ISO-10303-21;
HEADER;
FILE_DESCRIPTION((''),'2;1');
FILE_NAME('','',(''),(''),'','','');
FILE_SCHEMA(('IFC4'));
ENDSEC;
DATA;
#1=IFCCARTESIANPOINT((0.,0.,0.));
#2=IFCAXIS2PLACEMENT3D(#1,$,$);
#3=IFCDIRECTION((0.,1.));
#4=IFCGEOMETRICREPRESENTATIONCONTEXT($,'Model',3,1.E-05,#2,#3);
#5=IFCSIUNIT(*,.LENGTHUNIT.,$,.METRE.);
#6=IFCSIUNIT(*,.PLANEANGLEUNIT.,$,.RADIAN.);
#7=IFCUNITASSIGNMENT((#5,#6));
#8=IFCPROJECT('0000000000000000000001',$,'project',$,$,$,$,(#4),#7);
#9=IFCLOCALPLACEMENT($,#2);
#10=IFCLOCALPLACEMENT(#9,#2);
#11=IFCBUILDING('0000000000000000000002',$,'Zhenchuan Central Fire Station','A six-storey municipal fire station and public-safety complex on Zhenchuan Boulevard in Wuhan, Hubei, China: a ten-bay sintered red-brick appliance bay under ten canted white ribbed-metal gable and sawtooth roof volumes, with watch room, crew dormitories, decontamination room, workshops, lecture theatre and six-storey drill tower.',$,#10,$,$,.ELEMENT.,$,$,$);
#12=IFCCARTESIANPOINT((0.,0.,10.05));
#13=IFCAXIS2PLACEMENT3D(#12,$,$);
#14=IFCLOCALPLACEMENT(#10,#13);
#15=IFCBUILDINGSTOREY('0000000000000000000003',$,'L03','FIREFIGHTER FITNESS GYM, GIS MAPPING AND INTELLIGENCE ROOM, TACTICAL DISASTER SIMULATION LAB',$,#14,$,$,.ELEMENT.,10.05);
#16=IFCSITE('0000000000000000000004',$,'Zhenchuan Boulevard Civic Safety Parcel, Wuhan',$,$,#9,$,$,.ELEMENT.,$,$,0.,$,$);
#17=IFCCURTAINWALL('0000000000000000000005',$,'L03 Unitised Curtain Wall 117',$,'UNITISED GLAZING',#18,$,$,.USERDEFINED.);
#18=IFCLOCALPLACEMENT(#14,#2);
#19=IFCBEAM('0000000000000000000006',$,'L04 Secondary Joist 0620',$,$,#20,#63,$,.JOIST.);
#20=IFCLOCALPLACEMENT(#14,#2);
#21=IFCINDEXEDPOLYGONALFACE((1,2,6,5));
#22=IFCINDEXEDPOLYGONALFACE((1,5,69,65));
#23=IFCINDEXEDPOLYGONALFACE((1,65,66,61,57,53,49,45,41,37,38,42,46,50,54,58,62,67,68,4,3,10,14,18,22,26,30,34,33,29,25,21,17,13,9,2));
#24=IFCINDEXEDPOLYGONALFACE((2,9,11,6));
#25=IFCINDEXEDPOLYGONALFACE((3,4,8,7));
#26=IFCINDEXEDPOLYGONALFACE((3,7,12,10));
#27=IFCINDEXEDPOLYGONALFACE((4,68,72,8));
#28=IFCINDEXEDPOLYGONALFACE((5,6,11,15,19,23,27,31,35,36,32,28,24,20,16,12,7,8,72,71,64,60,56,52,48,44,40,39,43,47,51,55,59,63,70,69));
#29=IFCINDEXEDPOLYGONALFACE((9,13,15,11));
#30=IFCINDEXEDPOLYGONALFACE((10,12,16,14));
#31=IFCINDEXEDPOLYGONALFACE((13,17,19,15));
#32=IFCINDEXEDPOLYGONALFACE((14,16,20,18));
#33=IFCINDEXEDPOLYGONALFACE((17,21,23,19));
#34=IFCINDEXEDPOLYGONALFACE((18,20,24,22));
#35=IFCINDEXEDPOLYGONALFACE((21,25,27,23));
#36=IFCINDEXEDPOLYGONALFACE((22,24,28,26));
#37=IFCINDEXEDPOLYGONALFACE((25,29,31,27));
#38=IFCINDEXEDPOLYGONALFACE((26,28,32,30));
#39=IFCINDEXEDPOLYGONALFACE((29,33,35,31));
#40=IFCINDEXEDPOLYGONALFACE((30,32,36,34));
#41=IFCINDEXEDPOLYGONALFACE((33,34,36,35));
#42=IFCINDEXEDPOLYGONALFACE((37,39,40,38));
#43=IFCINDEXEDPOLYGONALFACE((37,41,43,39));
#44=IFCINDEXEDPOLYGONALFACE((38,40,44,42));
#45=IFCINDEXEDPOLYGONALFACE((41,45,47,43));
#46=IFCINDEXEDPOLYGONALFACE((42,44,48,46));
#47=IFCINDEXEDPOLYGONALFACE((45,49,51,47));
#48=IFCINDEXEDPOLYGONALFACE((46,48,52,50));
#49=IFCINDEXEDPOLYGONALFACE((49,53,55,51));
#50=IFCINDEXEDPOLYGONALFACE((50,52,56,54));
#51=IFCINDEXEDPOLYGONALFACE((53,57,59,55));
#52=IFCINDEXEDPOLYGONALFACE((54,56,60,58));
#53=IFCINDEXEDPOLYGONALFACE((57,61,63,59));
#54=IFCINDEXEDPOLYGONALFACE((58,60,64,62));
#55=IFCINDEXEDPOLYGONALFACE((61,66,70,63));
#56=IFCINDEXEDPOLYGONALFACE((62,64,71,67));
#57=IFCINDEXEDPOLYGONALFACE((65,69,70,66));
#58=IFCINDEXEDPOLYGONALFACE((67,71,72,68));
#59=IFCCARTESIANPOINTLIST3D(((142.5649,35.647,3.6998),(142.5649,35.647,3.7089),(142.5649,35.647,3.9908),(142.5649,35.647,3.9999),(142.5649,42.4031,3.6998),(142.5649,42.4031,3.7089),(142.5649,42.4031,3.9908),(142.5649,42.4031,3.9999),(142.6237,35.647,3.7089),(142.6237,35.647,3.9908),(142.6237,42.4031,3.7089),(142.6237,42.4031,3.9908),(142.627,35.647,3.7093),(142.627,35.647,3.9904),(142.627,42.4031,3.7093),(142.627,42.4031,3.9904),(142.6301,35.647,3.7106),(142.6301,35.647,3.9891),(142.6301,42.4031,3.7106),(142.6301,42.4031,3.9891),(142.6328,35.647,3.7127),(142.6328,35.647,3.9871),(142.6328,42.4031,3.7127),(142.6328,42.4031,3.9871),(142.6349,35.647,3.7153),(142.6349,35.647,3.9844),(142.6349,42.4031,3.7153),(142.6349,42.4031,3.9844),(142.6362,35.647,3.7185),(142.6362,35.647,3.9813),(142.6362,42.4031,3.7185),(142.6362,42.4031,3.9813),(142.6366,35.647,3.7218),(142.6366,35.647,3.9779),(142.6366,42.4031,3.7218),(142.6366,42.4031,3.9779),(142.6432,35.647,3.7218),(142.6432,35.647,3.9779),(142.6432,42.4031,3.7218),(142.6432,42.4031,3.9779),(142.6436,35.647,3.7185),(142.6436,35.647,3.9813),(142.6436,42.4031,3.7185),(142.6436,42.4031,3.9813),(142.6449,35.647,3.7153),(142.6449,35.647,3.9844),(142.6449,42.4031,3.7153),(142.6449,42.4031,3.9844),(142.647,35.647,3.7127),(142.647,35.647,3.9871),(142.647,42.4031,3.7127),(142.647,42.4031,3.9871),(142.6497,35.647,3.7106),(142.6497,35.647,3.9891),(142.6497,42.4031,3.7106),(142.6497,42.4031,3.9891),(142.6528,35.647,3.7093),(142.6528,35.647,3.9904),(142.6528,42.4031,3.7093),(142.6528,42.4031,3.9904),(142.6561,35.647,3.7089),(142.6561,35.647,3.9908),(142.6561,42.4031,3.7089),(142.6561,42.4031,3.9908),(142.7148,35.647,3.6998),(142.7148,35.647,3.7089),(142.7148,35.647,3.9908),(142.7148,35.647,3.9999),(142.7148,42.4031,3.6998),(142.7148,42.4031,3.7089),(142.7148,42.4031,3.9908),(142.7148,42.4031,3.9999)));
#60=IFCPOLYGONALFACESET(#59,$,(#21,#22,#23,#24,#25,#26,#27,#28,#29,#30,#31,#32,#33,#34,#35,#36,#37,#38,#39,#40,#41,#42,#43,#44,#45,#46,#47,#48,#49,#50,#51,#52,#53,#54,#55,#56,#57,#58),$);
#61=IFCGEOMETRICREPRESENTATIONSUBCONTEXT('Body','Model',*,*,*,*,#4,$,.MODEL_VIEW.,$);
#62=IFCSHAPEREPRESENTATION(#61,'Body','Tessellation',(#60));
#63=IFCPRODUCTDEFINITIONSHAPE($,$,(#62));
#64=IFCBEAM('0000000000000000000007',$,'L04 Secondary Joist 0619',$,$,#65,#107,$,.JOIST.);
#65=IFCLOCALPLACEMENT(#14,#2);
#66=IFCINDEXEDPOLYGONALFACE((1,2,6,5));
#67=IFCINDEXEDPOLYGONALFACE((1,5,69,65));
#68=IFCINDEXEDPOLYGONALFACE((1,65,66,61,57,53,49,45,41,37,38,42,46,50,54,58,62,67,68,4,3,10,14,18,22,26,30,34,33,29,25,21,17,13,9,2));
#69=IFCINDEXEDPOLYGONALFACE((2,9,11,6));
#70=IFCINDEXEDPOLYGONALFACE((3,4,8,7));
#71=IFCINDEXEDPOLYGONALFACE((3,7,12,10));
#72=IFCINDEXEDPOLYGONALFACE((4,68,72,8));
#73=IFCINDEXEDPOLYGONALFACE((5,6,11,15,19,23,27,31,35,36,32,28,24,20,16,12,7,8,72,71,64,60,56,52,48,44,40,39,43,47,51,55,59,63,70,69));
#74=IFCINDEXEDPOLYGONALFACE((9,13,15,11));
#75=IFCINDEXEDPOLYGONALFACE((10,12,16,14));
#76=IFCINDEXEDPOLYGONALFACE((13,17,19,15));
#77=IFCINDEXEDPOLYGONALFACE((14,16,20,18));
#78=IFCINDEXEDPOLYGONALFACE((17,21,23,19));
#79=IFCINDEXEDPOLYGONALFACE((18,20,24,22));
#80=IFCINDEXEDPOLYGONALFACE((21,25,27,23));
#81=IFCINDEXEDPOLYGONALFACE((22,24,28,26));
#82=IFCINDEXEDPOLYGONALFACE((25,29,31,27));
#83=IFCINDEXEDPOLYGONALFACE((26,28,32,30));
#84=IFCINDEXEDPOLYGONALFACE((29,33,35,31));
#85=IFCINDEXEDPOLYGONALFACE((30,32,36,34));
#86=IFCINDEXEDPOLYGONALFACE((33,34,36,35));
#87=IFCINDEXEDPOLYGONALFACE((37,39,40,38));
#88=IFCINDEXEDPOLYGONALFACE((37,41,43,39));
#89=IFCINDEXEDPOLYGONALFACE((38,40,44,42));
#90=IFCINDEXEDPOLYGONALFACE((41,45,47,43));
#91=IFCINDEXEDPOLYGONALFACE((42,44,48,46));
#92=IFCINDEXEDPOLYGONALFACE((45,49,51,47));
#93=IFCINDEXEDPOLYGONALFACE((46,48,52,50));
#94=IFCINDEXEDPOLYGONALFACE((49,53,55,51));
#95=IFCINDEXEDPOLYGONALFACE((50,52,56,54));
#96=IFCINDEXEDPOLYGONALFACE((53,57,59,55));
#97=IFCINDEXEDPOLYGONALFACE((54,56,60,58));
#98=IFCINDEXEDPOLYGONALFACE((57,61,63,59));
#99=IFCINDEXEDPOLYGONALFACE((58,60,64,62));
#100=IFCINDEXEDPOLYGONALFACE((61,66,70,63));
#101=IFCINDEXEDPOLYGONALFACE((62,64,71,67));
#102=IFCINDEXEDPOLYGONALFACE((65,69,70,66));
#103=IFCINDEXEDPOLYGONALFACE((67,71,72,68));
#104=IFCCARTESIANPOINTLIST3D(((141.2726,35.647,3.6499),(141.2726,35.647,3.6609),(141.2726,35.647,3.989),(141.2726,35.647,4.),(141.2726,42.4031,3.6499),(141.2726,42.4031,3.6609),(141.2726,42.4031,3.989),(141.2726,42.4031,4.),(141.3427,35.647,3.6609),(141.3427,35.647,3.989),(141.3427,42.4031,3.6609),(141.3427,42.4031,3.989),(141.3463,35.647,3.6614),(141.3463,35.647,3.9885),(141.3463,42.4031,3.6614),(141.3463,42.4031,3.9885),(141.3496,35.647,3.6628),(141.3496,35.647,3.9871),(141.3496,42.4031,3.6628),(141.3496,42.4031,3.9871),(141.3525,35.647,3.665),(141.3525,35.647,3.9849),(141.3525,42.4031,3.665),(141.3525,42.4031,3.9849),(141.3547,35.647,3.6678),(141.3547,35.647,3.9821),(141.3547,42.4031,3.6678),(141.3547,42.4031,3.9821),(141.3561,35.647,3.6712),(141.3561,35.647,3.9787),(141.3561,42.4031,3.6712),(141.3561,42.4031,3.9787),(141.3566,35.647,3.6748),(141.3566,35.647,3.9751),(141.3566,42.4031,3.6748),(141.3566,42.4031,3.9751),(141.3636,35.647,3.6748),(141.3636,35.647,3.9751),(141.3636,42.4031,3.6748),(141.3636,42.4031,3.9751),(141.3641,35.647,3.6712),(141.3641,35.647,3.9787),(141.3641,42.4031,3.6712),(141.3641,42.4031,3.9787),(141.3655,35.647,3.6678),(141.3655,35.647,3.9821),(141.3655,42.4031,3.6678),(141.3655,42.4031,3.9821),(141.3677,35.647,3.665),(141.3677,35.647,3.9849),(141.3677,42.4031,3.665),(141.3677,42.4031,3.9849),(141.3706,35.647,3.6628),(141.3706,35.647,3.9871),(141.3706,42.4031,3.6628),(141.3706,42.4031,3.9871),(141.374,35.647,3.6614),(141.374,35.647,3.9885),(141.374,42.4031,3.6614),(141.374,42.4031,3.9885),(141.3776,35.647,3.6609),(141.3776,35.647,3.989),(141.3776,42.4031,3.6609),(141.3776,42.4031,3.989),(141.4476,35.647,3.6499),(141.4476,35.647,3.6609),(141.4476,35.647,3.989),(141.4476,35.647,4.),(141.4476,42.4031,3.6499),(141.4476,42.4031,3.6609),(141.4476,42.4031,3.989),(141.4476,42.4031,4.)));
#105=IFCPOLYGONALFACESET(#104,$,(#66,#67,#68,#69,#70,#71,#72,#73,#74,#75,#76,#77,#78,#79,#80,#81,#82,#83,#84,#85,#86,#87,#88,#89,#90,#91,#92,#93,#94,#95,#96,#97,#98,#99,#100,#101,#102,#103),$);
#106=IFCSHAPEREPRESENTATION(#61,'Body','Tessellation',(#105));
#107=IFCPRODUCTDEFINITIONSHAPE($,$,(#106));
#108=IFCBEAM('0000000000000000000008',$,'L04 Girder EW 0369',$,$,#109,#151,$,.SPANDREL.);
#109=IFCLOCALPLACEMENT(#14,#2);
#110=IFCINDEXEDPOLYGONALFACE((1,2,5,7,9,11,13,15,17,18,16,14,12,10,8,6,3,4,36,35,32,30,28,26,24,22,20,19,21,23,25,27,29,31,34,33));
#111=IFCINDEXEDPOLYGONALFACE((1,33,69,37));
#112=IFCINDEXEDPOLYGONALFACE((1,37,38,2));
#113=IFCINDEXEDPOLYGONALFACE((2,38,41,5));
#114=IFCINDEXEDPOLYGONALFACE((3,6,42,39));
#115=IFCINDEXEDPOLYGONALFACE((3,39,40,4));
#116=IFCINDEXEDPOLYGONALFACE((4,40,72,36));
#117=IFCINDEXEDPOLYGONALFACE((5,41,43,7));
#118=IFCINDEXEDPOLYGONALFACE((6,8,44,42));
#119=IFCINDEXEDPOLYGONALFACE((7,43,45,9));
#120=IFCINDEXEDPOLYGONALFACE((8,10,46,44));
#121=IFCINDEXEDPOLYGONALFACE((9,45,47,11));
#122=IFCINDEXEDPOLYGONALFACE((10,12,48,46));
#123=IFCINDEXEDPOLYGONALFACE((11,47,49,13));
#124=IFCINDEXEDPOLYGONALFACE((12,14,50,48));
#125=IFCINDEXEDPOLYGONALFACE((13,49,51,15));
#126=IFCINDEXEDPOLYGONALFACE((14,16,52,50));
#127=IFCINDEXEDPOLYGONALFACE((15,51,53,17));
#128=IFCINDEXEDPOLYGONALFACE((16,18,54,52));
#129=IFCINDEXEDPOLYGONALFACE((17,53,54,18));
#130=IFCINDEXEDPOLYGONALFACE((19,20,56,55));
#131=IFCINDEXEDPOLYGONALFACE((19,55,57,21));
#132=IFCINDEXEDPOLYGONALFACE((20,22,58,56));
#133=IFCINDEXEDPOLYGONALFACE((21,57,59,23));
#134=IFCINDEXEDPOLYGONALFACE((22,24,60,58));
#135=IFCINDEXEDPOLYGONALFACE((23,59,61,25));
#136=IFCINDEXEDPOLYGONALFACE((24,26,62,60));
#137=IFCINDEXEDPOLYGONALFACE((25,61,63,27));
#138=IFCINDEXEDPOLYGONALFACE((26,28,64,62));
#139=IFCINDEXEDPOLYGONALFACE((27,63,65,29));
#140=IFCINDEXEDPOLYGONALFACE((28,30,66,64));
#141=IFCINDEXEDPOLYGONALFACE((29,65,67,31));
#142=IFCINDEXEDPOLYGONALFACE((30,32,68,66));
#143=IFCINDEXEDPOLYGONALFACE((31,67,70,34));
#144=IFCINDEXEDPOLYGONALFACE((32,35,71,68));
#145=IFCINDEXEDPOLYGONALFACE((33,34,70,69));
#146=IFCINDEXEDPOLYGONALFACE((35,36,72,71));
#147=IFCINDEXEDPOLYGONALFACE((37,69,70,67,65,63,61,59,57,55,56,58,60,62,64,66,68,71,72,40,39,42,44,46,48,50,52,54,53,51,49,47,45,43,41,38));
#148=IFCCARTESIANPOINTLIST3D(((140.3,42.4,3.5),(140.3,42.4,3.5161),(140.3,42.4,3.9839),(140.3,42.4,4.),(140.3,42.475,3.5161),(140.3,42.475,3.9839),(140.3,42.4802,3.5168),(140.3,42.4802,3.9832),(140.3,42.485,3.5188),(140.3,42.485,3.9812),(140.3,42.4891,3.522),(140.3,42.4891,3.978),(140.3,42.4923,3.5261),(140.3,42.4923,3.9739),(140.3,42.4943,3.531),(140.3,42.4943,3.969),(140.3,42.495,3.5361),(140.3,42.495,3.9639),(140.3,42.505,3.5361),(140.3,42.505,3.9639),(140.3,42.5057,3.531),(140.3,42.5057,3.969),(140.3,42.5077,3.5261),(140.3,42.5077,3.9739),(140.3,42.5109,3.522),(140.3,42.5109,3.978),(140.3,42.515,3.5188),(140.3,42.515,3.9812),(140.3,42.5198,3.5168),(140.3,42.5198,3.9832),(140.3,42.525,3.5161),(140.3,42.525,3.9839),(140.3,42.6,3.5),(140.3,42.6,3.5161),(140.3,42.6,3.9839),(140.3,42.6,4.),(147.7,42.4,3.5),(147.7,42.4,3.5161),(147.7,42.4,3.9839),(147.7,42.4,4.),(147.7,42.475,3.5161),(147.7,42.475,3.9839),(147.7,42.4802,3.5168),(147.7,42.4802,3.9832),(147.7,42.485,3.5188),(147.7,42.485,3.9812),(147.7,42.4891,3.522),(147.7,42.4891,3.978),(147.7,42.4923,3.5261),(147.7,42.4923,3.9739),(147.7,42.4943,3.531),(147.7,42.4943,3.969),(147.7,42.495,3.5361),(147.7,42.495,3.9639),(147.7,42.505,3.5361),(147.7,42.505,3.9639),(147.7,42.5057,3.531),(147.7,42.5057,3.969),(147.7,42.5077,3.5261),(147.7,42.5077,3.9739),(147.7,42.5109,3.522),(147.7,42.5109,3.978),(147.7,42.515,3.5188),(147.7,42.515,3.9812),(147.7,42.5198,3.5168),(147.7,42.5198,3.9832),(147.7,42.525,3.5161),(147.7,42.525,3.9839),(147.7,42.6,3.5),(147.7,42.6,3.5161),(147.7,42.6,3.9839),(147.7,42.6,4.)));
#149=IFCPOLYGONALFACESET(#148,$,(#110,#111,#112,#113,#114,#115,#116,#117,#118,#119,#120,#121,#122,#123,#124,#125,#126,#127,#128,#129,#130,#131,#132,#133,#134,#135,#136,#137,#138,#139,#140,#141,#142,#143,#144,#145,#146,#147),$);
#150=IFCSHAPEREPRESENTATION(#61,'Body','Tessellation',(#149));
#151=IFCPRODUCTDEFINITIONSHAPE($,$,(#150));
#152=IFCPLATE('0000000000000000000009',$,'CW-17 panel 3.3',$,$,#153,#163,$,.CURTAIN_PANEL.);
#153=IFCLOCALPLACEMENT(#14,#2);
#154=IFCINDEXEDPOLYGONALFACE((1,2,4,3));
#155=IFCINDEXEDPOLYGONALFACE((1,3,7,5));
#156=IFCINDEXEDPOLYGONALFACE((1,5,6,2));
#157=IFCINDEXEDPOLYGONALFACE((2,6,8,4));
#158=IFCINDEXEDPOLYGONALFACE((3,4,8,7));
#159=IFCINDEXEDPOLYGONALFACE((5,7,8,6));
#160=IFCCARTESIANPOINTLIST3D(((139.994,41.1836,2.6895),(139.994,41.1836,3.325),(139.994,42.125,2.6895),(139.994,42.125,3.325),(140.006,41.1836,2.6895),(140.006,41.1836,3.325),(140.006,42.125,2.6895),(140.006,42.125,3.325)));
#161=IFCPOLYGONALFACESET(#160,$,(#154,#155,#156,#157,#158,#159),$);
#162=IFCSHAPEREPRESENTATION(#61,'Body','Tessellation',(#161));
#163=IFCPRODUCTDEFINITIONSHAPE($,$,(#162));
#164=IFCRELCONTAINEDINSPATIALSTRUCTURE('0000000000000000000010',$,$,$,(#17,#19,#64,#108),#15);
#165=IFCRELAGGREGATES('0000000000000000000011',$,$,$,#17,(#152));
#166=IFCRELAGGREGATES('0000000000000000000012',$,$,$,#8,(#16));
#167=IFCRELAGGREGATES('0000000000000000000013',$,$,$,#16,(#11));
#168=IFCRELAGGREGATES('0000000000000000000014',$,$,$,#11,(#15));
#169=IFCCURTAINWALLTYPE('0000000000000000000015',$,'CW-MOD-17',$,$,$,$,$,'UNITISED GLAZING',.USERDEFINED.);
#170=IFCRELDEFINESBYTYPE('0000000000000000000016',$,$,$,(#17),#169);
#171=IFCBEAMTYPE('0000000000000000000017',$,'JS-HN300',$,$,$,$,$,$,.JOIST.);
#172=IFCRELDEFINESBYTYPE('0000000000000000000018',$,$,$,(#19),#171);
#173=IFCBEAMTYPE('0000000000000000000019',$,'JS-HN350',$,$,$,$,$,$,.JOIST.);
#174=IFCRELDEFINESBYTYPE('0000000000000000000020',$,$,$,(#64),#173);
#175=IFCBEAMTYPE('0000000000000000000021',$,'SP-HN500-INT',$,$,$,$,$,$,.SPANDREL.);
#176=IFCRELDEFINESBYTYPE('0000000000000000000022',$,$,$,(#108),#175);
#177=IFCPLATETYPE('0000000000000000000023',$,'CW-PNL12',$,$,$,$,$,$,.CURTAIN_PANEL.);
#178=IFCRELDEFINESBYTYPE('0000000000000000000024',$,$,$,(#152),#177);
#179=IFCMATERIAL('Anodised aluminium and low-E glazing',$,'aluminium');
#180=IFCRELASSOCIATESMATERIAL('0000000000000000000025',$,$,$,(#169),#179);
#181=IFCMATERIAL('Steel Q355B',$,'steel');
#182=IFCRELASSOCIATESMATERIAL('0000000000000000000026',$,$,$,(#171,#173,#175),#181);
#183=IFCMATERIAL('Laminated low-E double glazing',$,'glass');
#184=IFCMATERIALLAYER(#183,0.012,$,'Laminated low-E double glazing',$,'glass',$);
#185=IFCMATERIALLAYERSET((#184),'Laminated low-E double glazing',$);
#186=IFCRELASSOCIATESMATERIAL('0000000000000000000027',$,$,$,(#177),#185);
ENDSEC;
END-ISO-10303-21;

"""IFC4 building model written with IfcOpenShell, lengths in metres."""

from ifc_helpers import new_model, si_unit, direction, frame, origin, origin_2d, place, context, subcontext, project, spatial, rectangle, i_section, extrude, material, layer, layer_set, material_profile, profile_set, type_object, element, aggregate, save


model = new_model("IFC4")

# Units and contexts
model_context = context("Model", 3, precision=1e-05, world=origin(), true_north=direction((0.0, 1.0)))
body_context = subcontext(model_context, "Body", "Model", "MODEL_VIEW")
ifc_project = project(units=[si_unit("LENGTHUNIT", "METRE"), si_unit("PLANEANGLEUNIT", "RADIAN")], contexts=[model_context])

# Site, building, storey
site_placement = place(None, origin())
site = spatial("IfcSite", under=ifc_project, at=site_placement, Name="Zhenchuan Boulevard Civic Safety Parcel, Wuhan", CompositionType="ELEMENT", RefElevation=0.0)
building_placement = place(site_placement, origin())
building = spatial("IfcBuilding", under=site, at=building_placement, Name="Zhenchuan Central Fire Station", Description="A six-storey municipal fire station and public-safety complex on Zhenchuan Boulevard in Wuhan, Hubei, China: a ten-bay sintered red-brick appliance bay under ten canted white ribbed-metal gable and sawtooth roof volumes, with watch room, crew dormitories, decontamination room, workshops, lecture theatre and six-storey drill tower.", CompositionType="ELEMENT")
storey_placement = place(building_placement, frame((0.0, 0.0, 10.05)))
storey = spatial("IfcBuildingStorey", under=building, at=storey_placement, Name="L03", Description="FIREFIGHTER FITNESS GYM, GIS MAPPING AND INTELLIGENCE ROOM, TACTICAL DISASTER SIMULATION LAB", CompositionType="ELEMENT", Elevation=10.05)

# Shared definitions
ifc_material_1 = material(Name="Steel Q355B", Category="steel")

# Curtain wall
ifc_material_2 = material(Name="Anodised aluminium and low-E glazing", Category="aluminium")
curtain_wall_type = type_object("IfcCurtainWallType", Name="CW-MOD-17", ElementType="UNITISED GLAZING", PredefinedType="USERDEFINED", material=ifc_material_2)
curtain_wall_placement = place(storey_placement, origin())
curtain_wall = element("IfcCurtainWall", 1, at=curtain_wall_placement, inside=storey, type_object=curtain_wall_type, Name="L03 Unitised Curtain Wall 117", ObjectType="UNITISED GLAZING", PredefinedType="USERDEFINED")

# Beams
ifc_material_profile_1 = material_profile(ifc_material_1, i_section(OverallWidth=0.1499, OverallDepth=0.3, WebThickness=0.0066, FlangeThickness=0.009, FilletRadius=0.0129, at=origin_2d()), Name="HN 300x150")
ifc_profile_set_1 = profile_set([ifc_material_profile_1], Name="Steel Q355B")
beam_type_1 = type_object("IfcBeamType", Name="JS-HN300", PredefinedType="JOIST", material=ifc_profile_set_1)
beam_1_placement = place(storey_placement, frame((142.6399, 35.647, 3.8499), z_axis=(0.0, 1.0, 0.0), x_axis=(-1.0, 0.0, 0.0)))
element("IfcBeam", 2, at=beam_1_placement, inside=storey, type_object=beam_type_1, Name="L04 Secondary Joist 0620", PredefinedType="JOIST", context=body_context, shape_type="SweptSolid", body=[
    extrude(i_section(OverallWidth=0.1499, OverallDepth=0.3, WebThickness=0.0066, FlangeThickness=0.009, FilletRadius=0.0129, at=origin_2d()), origin(), (0.0, 0.0, 1.0), 6.7561),
])
ifc_material_profile_2 = material_profile(ifc_material_1, i_section(OverallWidth=0.175, OverallDepth=0.3501, WebThickness=0.0071, FlangeThickness=0.011, FilletRadius=0.0139, at=origin_2d()), Name="HN 350x175")
ifc_profile_set_2 = profile_set([ifc_material_profile_2], Name="Steel Q355B")
beam_type_2 = type_object("IfcBeamType", Name="JS-HN350", PredefinedType="JOIST", material=ifc_profile_set_2)
beam_2_placement = place(storey_placement, frame((141.3601, 35.647, 3.825), z_axis=(0.0, 1.0, 0.0), x_axis=(-1.0, 0.0, 0.0)))
element("IfcBeam", 3, at=beam_2_placement, inside=storey, type_object=beam_type_2, Name="L04 Secondary Joist 0619", PredefinedType="JOIST", context=body_context, shape_type="SweptSolid", body=[
    extrude(i_section(OverallWidth=0.175, OverallDepth=0.3501, WebThickness=0.0071, FlangeThickness=0.011, FilletRadius=0.0139, at=origin_2d()), origin(), (0.0, 0.0, 1.0), 6.7561),
])
ifc_material_profile_3 = material_profile(ifc_material_1, i_section(OverallWidth=0.2, OverallDepth=0.5, WebThickness=0.01, FlangeThickness=0.0161, FilletRadius=0.02, at=origin_2d()), Name="HN 500x200")
ifc_profile_set_3 = profile_set([ifc_material_profile_3], Name="Steel Q355B")
beam_type_3 = type_object("IfcBeamType", Name="SP-HN500-INT", PredefinedType="SPANDREL", material=ifc_profile_set_3)
beam_3_placement = place(storey_placement, frame((140.3, 42.5, 3.75), z_axis=(1.0, 0.0, 0.0), x_axis=(0.0, 1.0, 0.0)))
element("IfcBeam", 4, at=beam_3_placement, inside=storey, type_object=beam_type_3, Name="L04 Girder EW 0369", PredefinedType="SPANDREL", context=body_context, shape_type="SweptSolid", body=[
    extrude(i_section(OverallWidth=0.2, OverallDepth=0.5, WebThickness=0.01, FlangeThickness=0.0161, FilletRadius=0.02, at=origin_2d()), origin(), (0.0, 0.0, 1.0), 7.3999),
])

# Plate
ifc_material_3 = material(Name="Laminated low-E double glazing", Category="glass")
ifc_layer_1 = layer(ifc_material_3, 0.012, Name="Laminated low-E double glazing", Category="glass")
ifc_layer_set_1 = layer_set([ifc_layer_1], Name="Laminated low-E double glazing")
plate_type = type_object("IfcPlateType", Name="CW-PNL12", PredefinedType="CURTAIN_PANEL", material=ifc_layer_set_1)
plate_placement = place(storey_placement, frame((140.0, 41.6543, 2.6895), z_axis=(0.0, 0.0, 1.0), x_axis=(0.0, 1.0, 0.0)))
plate = element("IfcPlate", 5, at=plate_placement, type_object=plate_type, Name="CW-17 panel 3.3", PredefinedType="CURTAIN_PANEL", context=body_context, shape_type="SweptSolid", body=[
    extrude(rectangle(XDim=0.9414, YDim=0.012, at=origin_2d()), origin(), (0.0, 0.0, 1.0), 0.6355),
])
aggregate(curtain_wall, [plate])

save(model, "model.ifc")
